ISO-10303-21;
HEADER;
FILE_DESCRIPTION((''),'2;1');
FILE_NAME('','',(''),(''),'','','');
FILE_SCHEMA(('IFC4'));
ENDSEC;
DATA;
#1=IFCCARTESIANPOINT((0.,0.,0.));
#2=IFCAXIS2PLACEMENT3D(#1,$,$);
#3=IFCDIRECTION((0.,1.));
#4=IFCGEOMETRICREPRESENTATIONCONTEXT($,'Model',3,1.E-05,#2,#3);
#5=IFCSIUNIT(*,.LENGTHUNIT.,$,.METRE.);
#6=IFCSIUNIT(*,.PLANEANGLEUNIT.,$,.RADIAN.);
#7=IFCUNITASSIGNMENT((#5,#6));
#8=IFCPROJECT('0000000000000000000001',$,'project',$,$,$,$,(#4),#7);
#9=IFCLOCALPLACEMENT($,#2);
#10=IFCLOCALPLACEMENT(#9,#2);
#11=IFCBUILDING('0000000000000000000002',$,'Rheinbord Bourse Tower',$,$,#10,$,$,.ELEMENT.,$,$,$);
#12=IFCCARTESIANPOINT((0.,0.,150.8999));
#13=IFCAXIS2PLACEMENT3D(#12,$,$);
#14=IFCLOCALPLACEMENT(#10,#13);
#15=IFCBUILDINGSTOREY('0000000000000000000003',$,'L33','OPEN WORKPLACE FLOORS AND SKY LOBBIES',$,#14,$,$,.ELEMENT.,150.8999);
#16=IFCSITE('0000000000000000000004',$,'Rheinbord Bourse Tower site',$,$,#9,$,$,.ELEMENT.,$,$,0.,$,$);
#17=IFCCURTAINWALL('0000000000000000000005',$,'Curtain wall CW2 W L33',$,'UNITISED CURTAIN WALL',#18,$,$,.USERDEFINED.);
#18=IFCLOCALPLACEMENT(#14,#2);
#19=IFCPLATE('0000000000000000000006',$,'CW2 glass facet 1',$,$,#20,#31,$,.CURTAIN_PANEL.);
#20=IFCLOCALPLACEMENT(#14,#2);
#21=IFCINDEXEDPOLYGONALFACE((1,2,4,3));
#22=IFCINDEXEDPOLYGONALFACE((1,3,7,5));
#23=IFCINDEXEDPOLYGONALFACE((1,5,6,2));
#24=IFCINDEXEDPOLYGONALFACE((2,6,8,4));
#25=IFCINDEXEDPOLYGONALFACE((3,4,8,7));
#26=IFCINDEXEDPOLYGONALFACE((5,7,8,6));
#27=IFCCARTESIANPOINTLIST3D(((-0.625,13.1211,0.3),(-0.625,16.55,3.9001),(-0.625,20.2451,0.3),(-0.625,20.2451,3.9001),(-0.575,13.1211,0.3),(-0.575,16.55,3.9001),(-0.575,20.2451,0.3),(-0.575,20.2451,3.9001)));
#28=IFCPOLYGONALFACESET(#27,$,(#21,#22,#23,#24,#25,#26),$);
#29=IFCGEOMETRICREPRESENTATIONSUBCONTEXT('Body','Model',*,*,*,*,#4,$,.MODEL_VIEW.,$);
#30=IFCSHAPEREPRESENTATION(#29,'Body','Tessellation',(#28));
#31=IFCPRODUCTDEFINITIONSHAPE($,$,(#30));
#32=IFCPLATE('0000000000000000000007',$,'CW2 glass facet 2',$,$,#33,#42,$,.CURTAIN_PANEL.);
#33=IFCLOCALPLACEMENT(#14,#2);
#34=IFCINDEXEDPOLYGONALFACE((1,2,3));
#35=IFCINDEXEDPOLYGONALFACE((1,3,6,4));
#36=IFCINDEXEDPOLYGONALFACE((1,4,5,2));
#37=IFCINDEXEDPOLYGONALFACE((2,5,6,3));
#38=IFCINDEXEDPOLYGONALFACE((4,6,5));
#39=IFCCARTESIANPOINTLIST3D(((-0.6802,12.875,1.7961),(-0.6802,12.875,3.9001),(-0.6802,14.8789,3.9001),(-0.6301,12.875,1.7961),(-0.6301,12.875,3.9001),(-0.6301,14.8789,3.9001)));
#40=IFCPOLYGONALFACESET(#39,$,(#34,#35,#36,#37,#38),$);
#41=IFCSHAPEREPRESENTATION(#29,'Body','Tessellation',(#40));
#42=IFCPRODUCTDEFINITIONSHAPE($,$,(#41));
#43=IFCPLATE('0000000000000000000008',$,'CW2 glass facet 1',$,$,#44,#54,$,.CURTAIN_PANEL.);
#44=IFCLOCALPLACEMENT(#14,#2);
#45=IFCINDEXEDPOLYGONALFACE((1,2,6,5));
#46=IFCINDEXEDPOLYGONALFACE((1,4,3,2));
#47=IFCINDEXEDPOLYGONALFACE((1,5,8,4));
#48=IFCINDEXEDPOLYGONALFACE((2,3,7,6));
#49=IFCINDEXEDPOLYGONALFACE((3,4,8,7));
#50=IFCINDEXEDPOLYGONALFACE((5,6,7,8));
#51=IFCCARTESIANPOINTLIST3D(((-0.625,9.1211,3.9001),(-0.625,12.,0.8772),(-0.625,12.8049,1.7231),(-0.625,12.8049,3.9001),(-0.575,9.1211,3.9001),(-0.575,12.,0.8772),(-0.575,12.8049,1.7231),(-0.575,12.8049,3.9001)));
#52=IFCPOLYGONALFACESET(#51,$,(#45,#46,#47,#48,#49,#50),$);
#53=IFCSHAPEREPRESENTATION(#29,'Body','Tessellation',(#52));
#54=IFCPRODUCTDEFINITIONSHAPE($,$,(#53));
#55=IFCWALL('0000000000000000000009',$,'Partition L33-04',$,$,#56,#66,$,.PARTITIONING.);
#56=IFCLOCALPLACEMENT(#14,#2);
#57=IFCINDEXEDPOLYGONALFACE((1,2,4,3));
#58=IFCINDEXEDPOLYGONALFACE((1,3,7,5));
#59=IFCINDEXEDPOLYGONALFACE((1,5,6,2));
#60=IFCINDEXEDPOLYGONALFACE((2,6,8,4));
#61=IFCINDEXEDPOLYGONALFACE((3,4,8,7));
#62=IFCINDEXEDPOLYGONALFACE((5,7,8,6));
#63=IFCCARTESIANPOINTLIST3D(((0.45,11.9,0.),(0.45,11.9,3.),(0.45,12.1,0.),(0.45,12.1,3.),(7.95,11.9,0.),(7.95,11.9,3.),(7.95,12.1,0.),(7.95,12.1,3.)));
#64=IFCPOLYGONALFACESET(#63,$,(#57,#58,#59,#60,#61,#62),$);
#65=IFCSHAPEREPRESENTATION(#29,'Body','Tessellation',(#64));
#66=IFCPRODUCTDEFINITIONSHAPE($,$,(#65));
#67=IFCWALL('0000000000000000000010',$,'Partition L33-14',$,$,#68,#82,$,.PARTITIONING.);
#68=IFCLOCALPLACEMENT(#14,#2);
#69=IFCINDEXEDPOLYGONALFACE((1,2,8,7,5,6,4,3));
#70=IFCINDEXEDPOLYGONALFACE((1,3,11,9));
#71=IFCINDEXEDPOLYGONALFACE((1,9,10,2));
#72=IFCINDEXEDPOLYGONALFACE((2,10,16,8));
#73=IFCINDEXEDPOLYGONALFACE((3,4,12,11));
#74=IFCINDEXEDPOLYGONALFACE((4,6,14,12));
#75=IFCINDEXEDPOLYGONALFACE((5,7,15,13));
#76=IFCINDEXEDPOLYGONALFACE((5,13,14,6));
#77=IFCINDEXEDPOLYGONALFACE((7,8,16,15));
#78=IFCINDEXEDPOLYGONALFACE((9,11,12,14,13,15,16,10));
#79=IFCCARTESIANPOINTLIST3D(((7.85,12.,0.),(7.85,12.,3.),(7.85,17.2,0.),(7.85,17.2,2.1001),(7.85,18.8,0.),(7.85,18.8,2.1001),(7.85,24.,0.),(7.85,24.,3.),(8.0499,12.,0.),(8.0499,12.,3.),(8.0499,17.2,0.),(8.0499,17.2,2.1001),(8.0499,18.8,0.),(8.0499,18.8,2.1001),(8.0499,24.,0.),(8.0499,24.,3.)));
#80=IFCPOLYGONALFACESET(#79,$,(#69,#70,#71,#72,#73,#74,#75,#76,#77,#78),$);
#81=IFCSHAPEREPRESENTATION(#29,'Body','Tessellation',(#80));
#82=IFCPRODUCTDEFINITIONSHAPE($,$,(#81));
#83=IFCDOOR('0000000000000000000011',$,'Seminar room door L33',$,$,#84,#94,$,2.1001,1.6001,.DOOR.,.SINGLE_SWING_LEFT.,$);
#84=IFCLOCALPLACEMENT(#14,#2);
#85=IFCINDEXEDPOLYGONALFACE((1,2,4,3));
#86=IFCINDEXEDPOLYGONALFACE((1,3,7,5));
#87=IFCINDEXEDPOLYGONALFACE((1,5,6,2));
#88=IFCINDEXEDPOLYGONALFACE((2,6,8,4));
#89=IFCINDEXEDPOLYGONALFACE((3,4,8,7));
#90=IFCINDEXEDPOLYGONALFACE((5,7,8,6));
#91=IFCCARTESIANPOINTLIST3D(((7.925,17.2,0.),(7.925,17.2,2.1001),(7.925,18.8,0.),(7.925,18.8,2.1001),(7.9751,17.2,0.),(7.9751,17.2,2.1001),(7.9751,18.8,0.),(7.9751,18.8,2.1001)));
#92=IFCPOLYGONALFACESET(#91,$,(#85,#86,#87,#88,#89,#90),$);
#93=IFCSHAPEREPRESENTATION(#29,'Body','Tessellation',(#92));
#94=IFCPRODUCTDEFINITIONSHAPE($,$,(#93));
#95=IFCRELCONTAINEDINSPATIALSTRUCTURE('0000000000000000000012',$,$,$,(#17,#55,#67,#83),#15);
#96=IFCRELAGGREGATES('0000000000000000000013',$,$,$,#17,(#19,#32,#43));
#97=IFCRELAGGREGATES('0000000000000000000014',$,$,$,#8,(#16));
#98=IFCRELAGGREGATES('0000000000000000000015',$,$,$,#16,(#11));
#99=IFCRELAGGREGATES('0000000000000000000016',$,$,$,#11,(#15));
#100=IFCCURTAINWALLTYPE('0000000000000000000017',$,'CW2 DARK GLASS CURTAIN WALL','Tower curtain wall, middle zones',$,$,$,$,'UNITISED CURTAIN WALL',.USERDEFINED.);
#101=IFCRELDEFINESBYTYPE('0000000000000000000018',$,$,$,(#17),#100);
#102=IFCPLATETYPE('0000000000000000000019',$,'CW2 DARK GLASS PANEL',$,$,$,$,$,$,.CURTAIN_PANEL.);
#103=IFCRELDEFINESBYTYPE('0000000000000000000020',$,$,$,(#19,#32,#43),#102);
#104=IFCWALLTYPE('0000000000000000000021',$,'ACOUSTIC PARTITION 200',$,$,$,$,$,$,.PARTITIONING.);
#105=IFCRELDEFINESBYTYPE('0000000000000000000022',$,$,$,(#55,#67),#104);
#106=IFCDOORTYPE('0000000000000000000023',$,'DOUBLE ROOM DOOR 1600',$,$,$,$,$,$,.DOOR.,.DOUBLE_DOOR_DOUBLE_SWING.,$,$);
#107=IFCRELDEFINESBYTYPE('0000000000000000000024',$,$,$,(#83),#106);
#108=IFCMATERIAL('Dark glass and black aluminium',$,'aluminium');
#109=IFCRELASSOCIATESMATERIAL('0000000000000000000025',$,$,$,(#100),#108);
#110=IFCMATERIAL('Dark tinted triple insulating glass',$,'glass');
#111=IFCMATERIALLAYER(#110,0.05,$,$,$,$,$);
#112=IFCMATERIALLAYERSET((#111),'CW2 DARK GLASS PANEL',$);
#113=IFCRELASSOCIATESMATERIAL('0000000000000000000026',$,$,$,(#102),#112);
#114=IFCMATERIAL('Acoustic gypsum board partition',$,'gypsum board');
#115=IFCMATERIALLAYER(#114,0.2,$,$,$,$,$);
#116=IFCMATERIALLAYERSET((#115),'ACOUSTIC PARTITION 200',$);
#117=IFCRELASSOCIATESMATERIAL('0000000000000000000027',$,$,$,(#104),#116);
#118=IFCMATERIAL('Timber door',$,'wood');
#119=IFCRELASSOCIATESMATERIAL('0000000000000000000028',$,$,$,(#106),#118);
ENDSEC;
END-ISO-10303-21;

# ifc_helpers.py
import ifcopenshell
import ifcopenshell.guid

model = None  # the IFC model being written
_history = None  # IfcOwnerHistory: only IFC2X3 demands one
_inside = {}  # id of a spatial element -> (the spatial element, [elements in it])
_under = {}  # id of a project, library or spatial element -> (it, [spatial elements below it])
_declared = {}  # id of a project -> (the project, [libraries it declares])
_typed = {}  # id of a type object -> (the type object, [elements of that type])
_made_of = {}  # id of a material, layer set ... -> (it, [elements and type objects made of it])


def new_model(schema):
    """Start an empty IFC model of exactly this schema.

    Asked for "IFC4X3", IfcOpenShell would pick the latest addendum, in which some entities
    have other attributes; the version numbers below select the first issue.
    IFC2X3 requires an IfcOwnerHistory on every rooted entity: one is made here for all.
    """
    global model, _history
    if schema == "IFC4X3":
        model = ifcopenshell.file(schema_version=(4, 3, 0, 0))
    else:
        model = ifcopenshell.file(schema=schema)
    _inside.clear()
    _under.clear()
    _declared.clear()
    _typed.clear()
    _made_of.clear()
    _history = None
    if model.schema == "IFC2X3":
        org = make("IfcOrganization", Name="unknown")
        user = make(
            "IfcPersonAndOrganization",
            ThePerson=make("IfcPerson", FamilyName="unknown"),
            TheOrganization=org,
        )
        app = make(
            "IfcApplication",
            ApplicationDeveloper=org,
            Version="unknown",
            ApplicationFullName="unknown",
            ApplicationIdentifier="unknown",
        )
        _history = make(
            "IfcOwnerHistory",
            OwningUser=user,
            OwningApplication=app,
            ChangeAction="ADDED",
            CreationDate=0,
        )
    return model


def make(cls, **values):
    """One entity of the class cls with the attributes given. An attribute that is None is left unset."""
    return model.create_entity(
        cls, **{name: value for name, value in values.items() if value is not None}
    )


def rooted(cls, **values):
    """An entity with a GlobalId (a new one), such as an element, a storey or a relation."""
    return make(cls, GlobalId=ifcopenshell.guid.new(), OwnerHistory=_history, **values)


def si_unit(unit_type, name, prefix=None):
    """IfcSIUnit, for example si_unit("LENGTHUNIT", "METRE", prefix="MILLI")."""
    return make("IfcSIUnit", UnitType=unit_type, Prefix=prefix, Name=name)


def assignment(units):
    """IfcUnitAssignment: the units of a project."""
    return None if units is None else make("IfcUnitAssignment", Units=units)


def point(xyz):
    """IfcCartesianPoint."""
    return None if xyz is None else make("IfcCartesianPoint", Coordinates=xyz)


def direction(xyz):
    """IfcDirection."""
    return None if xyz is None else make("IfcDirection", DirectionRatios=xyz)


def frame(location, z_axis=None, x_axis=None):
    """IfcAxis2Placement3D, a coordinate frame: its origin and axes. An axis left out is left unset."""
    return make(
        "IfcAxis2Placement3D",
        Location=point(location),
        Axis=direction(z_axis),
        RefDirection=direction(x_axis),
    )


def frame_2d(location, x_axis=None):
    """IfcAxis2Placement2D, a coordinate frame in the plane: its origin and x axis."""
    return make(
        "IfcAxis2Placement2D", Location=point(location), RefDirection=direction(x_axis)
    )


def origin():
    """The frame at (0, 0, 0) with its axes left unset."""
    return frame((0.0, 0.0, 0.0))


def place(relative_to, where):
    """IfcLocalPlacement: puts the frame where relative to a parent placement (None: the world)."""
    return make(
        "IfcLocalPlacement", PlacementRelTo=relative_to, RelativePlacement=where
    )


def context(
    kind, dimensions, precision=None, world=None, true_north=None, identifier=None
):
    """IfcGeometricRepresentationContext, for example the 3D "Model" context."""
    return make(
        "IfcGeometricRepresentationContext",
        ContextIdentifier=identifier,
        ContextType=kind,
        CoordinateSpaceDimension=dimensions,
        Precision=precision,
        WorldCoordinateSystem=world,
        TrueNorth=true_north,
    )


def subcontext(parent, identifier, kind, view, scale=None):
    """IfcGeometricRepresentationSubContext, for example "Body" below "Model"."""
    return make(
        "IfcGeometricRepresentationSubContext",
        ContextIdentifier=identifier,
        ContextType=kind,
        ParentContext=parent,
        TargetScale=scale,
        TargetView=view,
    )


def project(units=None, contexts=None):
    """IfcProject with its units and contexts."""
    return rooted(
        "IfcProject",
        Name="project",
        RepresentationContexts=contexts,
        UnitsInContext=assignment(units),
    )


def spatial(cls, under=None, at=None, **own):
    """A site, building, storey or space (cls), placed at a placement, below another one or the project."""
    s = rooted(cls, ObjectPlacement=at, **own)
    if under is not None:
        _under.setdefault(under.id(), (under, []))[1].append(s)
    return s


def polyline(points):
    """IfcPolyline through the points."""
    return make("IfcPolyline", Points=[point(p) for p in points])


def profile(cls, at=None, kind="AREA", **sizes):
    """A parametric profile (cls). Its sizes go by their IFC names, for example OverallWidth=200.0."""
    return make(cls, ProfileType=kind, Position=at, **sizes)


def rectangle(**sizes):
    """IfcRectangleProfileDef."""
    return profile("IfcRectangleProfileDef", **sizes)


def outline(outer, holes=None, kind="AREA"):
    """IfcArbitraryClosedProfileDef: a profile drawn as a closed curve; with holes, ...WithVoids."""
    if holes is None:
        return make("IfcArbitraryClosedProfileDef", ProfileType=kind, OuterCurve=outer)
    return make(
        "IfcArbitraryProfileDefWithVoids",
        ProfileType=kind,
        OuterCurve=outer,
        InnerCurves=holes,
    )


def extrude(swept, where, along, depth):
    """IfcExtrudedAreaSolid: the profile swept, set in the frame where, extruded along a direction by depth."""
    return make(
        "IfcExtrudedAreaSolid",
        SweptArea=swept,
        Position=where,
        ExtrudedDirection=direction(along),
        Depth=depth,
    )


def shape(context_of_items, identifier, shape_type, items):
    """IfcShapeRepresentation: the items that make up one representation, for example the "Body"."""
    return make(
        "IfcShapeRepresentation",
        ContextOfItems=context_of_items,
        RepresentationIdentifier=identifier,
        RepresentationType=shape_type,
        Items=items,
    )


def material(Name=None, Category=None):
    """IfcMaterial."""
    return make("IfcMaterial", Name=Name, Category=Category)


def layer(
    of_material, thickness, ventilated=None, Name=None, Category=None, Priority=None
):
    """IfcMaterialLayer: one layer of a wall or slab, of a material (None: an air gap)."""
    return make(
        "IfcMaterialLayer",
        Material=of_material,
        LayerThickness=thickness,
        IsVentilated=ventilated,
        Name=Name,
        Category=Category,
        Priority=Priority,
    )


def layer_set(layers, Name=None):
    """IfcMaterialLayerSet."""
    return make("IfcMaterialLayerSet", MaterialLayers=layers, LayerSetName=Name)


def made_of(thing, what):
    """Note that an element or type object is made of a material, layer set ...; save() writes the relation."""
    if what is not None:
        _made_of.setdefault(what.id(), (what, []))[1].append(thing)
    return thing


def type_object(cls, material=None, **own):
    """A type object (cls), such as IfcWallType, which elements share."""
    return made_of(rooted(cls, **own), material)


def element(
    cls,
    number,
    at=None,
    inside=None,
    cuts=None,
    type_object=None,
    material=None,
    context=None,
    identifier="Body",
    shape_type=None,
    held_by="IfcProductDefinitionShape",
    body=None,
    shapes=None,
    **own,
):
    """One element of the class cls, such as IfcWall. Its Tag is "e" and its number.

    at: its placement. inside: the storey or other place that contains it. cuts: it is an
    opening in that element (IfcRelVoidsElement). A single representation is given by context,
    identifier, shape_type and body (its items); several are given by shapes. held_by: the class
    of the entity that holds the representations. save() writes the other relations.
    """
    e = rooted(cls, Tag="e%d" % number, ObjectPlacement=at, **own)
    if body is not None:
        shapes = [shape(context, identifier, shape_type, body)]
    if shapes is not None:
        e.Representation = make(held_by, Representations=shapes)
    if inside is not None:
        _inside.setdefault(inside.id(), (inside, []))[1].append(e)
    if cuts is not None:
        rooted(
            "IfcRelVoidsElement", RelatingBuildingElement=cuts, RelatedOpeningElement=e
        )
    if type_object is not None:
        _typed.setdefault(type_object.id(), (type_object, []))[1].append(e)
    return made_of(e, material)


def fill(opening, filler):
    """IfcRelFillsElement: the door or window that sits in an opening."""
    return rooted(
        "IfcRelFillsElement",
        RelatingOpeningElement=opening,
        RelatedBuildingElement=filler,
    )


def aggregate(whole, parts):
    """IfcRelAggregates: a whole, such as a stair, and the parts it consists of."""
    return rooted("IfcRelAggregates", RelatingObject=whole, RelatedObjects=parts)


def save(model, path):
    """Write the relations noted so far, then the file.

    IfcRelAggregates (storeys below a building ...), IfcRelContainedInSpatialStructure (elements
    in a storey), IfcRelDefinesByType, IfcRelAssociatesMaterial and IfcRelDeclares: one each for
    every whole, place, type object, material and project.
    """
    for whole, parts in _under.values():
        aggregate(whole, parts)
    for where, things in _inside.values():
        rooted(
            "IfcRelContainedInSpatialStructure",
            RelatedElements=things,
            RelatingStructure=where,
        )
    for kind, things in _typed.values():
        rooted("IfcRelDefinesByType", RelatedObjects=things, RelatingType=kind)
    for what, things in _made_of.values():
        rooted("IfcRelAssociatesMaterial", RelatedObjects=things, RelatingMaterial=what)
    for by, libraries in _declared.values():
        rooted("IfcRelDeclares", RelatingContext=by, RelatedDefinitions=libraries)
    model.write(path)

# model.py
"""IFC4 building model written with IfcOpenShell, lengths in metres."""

from ifc_helpers import new_model, si_unit, direction, frame, frame_2d, origin, place, context, subcontext, project, spatial, polyline, rectangle, outline, extrude, material, layer, layer_set, type_object, element, fill, aggregate, save


model = new_model("IFC4")

# Units and contexts
model_context = context("Model", 3, precision=1e-05, world=origin(), true_north=direction((0.0, 1.0)))
body_context = subcontext(model_context, "Body", "Model", "MODEL_VIEW")
ifc_project = project(units=[si_unit("LENGTHUNIT", "METRE"), si_unit("PLANEANGLEUNIT", "RADIAN")], contexts=[model_context])

# Site, building, storey
site_placement = place(None, origin())
site = spatial("IfcSite", under=ifc_project, at=site_placement, Name="Rheinbord Bourse Tower site", CompositionType="ELEMENT", RefElevation=0.0)
building_placement = place(site_placement, origin())
building = spatial("IfcBuilding", under=site, at=building_placement, Name="Rheinbord Bourse Tower", CompositionType="ELEMENT")
storey_placement = place(building_placement, frame((0.0, 0.0, 150.8999)))
storey = spatial("IfcBuildingStorey", under=building, at=storey_placement, Name="L33", Description="OPEN WORKPLACE FLOORS AND SKY LOBBIES", CompositionType="ELEMENT", Elevation=150.8999)

# Curtain wall
ifc_material_1 = material(Name="Dark glass and black aluminium", Category="aluminium")
curtain_wall_type = type_object("IfcCurtainWallType", Name="CW2 DARK GLASS CURTAIN WALL", Description="Tower curtain wall, middle zones", ElementType="UNITISED CURTAIN WALL", PredefinedType="USERDEFINED", material=ifc_material_1)
curtain_wall_placement = place(storey_placement, origin())
curtain_wall = element("IfcCurtainWall", 1, at=curtain_wall_placement, inside=storey, type_object=curtain_wall_type, Name="Curtain wall CW2 W L33", ObjectType="UNITISED CURTAIN WALL", PredefinedType="USERDEFINED")

# Plates
ifc_material_2 = material(Name="Dark tinted triple insulating glass", Category="glass")
ifc_layer_1 = layer(ifc_material_2, 0.05)
ifc_layer_set_1 = layer_set([ifc_layer_1], Name="CW2 DARK GLASS PANEL")
plate_type = type_object("IfcPlateType", Name="CW2 DARK GLASS PANEL", PredefinedType="CURTAIN_PANEL", material=ifc_layer_set_1)
plate_1_placement = place(storey_placement, frame((-0.625, 20.2451, 0.3), z_axis=(1.0, 0.0, 0.0), x_axis=(0.0, 0.0, 1.0)))
plate_1 = element("IfcPlate", 2, at=plate_1_placement, type_object=plate_type, Name="CW2 glass facet 1", PredefinedType="CURTAIN_PANEL", context=body_context, shape_type="SweptSolid", body=[
    extrude(outline(polyline([(0.0, 0.0), (3.6001, 0.0), (3.6001, 3.6951), (0.0, 7.124), (0.0, 0.0)])), origin(), (0.0, 0.0, 1.0), 0.05),
])
plate_2_placement = place(storey_placement, frame((-0.6802, 12.875, 3.9001), z_axis=(1.0, 0.0, 0.0), x_axis=(0.0, 0.0, -1.0)))
plate_2 = element("IfcPlate", 3, at=plate_2_placement, type_object=plate_type, Name="CW2 glass facet 2", PredefinedType="CURTAIN_PANEL", context=body_context, shape_type="SweptSolid", body=[
    extrude(outline(polyline([(0.0, 0.0), (2.104, 0.0), (0.0, 2.0039), (0.0, 0.0)])), origin(), (0.0, 0.0, 1.0), 0.05),
])
plate_3_placement = place(storey_placement, frame((-0.625, 12.8049, 3.9001), z_axis=(1.0, 0.0, 0.0), x_axis=(0.0, -1.0, 0.0)))
plate_3 = element("IfcPlate", 4, at=plate_3_placement, type_object=plate_type, Name="CW2 glass facet 1", PredefinedType="CURTAIN_PANEL", context=body_context, shape_type="SweptSolid", body=[
    extrude(outline(polyline([(0.0, 0.0), (3.6838, 0.0), (0.8049, 3.0229), (0.0, 2.177), (0.0, 0.0)])), origin(), (0.0, 0.0, 1.0), 0.05),
])
aggregate(curtain_wall, [plate_1, plate_2, plate_3])

# Wall
ifc_material_3 = material(Name="Acoustic gypsum board partition", Category="gypsum board")
ifc_layer_2 = layer(ifc_material_3, 0.2)
ifc_layer_set_2 = layer_set([ifc_layer_2], Name="ACOUSTIC PARTITION 200")
wall_type = type_object("IfcWallType", Name="ACOUSTIC PARTITION 200", PredefinedType="PARTITIONING", material=ifc_layer_set_2)
wall_1_placement = place(storey_placement, frame((0.45, 12.0, 0.0), z_axis=(0.0, 0.0, 1.0), x_axis=(1.0, 0.0, 0.0)))
element("IfcWall", 5, at=wall_1_placement, inside=storey, type_object=wall_type, Name="Partition L33-04", PredefinedType="PARTITIONING", context=body_context, shape_type="SweptSolid", body=[
    extrude(rectangle(XDim=7.5, YDim=0.2, at=frame_2d((3.75, 0.0))), origin(), (0.0, 0.0, 1.0), 3.0),
])

# Wall, opening, door
wall_2_placement = place(storey_placement, frame((7.95, 12.0, 0.0), z_axis=(0.0, 0.0, 1.0), x_axis=(0.0, 1.0, 0.0)))
wall_2 = element("IfcWall", 6, at=wall_2_placement, inside=storey, type_object=wall_type, Name="Partition L33-14", PredefinedType="PARTITIONING", context=body_context, shape_type="SweptSolid", body=[
    extrude(rectangle(XDim=12.0, YDim=0.2, at=frame_2d((6.0, 0.0))), origin(), (0.0, 0.0, 1.0), 3.0),
])
opening_placement = place(wall_2_placement, frame((5.2, 0.0, 0.0)))
opening = element("IfcOpeningElement", 7, at=opening_placement, cuts=wall_2, PredefinedType="OPENING", context=body_context, shape_type="SweptSolid", body=[
    extrude(rectangle(XDim=1.6001, YDim=2.1001, at=frame_2d((0.8, 1.05))), frame((0.0, 0.1099, 0.0), z_axis=(0.0, -1.0, 0.0), x_axis=(1.0, 0.0, 0.0)), (0.0, 0.0, 1.0), 0.22),
])
ifc_material_4 = material(Name="Timber door", Category="wood")
door_type = type_object("IfcDoorType", Name="DOUBLE ROOM DOOR 1600", OperationType="DOUBLE_DOOR_DOUBLE_SWING", PredefinedType="DOOR", material=ifc_material_4)
door_placement = place(opening_placement, origin())
door = element("IfcDoor", 8, at=door_placement, inside=storey, type_object=door_type, Name="Seminar room door L33", OperationType="SINGLE_SWING_LEFT", OverallHeight=2.1001, OverallWidth=1.6001, PredefinedType="DOOR", context=body_context, shape_type="SweptSolid", body=[
    extrude(rectangle(XDim=1.6001, YDim=2.1001, at=frame_2d((0.8, 1.05))), frame((0.0, 0.0249, 0.0), z_axis=(0.0, -1.0, 0.0), x_axis=(1.0, 0.0, 0.0)), (0.0, 0.0, 1.0), 0.05),
])
fill(opening, door)

save(model, "model.ifc")
